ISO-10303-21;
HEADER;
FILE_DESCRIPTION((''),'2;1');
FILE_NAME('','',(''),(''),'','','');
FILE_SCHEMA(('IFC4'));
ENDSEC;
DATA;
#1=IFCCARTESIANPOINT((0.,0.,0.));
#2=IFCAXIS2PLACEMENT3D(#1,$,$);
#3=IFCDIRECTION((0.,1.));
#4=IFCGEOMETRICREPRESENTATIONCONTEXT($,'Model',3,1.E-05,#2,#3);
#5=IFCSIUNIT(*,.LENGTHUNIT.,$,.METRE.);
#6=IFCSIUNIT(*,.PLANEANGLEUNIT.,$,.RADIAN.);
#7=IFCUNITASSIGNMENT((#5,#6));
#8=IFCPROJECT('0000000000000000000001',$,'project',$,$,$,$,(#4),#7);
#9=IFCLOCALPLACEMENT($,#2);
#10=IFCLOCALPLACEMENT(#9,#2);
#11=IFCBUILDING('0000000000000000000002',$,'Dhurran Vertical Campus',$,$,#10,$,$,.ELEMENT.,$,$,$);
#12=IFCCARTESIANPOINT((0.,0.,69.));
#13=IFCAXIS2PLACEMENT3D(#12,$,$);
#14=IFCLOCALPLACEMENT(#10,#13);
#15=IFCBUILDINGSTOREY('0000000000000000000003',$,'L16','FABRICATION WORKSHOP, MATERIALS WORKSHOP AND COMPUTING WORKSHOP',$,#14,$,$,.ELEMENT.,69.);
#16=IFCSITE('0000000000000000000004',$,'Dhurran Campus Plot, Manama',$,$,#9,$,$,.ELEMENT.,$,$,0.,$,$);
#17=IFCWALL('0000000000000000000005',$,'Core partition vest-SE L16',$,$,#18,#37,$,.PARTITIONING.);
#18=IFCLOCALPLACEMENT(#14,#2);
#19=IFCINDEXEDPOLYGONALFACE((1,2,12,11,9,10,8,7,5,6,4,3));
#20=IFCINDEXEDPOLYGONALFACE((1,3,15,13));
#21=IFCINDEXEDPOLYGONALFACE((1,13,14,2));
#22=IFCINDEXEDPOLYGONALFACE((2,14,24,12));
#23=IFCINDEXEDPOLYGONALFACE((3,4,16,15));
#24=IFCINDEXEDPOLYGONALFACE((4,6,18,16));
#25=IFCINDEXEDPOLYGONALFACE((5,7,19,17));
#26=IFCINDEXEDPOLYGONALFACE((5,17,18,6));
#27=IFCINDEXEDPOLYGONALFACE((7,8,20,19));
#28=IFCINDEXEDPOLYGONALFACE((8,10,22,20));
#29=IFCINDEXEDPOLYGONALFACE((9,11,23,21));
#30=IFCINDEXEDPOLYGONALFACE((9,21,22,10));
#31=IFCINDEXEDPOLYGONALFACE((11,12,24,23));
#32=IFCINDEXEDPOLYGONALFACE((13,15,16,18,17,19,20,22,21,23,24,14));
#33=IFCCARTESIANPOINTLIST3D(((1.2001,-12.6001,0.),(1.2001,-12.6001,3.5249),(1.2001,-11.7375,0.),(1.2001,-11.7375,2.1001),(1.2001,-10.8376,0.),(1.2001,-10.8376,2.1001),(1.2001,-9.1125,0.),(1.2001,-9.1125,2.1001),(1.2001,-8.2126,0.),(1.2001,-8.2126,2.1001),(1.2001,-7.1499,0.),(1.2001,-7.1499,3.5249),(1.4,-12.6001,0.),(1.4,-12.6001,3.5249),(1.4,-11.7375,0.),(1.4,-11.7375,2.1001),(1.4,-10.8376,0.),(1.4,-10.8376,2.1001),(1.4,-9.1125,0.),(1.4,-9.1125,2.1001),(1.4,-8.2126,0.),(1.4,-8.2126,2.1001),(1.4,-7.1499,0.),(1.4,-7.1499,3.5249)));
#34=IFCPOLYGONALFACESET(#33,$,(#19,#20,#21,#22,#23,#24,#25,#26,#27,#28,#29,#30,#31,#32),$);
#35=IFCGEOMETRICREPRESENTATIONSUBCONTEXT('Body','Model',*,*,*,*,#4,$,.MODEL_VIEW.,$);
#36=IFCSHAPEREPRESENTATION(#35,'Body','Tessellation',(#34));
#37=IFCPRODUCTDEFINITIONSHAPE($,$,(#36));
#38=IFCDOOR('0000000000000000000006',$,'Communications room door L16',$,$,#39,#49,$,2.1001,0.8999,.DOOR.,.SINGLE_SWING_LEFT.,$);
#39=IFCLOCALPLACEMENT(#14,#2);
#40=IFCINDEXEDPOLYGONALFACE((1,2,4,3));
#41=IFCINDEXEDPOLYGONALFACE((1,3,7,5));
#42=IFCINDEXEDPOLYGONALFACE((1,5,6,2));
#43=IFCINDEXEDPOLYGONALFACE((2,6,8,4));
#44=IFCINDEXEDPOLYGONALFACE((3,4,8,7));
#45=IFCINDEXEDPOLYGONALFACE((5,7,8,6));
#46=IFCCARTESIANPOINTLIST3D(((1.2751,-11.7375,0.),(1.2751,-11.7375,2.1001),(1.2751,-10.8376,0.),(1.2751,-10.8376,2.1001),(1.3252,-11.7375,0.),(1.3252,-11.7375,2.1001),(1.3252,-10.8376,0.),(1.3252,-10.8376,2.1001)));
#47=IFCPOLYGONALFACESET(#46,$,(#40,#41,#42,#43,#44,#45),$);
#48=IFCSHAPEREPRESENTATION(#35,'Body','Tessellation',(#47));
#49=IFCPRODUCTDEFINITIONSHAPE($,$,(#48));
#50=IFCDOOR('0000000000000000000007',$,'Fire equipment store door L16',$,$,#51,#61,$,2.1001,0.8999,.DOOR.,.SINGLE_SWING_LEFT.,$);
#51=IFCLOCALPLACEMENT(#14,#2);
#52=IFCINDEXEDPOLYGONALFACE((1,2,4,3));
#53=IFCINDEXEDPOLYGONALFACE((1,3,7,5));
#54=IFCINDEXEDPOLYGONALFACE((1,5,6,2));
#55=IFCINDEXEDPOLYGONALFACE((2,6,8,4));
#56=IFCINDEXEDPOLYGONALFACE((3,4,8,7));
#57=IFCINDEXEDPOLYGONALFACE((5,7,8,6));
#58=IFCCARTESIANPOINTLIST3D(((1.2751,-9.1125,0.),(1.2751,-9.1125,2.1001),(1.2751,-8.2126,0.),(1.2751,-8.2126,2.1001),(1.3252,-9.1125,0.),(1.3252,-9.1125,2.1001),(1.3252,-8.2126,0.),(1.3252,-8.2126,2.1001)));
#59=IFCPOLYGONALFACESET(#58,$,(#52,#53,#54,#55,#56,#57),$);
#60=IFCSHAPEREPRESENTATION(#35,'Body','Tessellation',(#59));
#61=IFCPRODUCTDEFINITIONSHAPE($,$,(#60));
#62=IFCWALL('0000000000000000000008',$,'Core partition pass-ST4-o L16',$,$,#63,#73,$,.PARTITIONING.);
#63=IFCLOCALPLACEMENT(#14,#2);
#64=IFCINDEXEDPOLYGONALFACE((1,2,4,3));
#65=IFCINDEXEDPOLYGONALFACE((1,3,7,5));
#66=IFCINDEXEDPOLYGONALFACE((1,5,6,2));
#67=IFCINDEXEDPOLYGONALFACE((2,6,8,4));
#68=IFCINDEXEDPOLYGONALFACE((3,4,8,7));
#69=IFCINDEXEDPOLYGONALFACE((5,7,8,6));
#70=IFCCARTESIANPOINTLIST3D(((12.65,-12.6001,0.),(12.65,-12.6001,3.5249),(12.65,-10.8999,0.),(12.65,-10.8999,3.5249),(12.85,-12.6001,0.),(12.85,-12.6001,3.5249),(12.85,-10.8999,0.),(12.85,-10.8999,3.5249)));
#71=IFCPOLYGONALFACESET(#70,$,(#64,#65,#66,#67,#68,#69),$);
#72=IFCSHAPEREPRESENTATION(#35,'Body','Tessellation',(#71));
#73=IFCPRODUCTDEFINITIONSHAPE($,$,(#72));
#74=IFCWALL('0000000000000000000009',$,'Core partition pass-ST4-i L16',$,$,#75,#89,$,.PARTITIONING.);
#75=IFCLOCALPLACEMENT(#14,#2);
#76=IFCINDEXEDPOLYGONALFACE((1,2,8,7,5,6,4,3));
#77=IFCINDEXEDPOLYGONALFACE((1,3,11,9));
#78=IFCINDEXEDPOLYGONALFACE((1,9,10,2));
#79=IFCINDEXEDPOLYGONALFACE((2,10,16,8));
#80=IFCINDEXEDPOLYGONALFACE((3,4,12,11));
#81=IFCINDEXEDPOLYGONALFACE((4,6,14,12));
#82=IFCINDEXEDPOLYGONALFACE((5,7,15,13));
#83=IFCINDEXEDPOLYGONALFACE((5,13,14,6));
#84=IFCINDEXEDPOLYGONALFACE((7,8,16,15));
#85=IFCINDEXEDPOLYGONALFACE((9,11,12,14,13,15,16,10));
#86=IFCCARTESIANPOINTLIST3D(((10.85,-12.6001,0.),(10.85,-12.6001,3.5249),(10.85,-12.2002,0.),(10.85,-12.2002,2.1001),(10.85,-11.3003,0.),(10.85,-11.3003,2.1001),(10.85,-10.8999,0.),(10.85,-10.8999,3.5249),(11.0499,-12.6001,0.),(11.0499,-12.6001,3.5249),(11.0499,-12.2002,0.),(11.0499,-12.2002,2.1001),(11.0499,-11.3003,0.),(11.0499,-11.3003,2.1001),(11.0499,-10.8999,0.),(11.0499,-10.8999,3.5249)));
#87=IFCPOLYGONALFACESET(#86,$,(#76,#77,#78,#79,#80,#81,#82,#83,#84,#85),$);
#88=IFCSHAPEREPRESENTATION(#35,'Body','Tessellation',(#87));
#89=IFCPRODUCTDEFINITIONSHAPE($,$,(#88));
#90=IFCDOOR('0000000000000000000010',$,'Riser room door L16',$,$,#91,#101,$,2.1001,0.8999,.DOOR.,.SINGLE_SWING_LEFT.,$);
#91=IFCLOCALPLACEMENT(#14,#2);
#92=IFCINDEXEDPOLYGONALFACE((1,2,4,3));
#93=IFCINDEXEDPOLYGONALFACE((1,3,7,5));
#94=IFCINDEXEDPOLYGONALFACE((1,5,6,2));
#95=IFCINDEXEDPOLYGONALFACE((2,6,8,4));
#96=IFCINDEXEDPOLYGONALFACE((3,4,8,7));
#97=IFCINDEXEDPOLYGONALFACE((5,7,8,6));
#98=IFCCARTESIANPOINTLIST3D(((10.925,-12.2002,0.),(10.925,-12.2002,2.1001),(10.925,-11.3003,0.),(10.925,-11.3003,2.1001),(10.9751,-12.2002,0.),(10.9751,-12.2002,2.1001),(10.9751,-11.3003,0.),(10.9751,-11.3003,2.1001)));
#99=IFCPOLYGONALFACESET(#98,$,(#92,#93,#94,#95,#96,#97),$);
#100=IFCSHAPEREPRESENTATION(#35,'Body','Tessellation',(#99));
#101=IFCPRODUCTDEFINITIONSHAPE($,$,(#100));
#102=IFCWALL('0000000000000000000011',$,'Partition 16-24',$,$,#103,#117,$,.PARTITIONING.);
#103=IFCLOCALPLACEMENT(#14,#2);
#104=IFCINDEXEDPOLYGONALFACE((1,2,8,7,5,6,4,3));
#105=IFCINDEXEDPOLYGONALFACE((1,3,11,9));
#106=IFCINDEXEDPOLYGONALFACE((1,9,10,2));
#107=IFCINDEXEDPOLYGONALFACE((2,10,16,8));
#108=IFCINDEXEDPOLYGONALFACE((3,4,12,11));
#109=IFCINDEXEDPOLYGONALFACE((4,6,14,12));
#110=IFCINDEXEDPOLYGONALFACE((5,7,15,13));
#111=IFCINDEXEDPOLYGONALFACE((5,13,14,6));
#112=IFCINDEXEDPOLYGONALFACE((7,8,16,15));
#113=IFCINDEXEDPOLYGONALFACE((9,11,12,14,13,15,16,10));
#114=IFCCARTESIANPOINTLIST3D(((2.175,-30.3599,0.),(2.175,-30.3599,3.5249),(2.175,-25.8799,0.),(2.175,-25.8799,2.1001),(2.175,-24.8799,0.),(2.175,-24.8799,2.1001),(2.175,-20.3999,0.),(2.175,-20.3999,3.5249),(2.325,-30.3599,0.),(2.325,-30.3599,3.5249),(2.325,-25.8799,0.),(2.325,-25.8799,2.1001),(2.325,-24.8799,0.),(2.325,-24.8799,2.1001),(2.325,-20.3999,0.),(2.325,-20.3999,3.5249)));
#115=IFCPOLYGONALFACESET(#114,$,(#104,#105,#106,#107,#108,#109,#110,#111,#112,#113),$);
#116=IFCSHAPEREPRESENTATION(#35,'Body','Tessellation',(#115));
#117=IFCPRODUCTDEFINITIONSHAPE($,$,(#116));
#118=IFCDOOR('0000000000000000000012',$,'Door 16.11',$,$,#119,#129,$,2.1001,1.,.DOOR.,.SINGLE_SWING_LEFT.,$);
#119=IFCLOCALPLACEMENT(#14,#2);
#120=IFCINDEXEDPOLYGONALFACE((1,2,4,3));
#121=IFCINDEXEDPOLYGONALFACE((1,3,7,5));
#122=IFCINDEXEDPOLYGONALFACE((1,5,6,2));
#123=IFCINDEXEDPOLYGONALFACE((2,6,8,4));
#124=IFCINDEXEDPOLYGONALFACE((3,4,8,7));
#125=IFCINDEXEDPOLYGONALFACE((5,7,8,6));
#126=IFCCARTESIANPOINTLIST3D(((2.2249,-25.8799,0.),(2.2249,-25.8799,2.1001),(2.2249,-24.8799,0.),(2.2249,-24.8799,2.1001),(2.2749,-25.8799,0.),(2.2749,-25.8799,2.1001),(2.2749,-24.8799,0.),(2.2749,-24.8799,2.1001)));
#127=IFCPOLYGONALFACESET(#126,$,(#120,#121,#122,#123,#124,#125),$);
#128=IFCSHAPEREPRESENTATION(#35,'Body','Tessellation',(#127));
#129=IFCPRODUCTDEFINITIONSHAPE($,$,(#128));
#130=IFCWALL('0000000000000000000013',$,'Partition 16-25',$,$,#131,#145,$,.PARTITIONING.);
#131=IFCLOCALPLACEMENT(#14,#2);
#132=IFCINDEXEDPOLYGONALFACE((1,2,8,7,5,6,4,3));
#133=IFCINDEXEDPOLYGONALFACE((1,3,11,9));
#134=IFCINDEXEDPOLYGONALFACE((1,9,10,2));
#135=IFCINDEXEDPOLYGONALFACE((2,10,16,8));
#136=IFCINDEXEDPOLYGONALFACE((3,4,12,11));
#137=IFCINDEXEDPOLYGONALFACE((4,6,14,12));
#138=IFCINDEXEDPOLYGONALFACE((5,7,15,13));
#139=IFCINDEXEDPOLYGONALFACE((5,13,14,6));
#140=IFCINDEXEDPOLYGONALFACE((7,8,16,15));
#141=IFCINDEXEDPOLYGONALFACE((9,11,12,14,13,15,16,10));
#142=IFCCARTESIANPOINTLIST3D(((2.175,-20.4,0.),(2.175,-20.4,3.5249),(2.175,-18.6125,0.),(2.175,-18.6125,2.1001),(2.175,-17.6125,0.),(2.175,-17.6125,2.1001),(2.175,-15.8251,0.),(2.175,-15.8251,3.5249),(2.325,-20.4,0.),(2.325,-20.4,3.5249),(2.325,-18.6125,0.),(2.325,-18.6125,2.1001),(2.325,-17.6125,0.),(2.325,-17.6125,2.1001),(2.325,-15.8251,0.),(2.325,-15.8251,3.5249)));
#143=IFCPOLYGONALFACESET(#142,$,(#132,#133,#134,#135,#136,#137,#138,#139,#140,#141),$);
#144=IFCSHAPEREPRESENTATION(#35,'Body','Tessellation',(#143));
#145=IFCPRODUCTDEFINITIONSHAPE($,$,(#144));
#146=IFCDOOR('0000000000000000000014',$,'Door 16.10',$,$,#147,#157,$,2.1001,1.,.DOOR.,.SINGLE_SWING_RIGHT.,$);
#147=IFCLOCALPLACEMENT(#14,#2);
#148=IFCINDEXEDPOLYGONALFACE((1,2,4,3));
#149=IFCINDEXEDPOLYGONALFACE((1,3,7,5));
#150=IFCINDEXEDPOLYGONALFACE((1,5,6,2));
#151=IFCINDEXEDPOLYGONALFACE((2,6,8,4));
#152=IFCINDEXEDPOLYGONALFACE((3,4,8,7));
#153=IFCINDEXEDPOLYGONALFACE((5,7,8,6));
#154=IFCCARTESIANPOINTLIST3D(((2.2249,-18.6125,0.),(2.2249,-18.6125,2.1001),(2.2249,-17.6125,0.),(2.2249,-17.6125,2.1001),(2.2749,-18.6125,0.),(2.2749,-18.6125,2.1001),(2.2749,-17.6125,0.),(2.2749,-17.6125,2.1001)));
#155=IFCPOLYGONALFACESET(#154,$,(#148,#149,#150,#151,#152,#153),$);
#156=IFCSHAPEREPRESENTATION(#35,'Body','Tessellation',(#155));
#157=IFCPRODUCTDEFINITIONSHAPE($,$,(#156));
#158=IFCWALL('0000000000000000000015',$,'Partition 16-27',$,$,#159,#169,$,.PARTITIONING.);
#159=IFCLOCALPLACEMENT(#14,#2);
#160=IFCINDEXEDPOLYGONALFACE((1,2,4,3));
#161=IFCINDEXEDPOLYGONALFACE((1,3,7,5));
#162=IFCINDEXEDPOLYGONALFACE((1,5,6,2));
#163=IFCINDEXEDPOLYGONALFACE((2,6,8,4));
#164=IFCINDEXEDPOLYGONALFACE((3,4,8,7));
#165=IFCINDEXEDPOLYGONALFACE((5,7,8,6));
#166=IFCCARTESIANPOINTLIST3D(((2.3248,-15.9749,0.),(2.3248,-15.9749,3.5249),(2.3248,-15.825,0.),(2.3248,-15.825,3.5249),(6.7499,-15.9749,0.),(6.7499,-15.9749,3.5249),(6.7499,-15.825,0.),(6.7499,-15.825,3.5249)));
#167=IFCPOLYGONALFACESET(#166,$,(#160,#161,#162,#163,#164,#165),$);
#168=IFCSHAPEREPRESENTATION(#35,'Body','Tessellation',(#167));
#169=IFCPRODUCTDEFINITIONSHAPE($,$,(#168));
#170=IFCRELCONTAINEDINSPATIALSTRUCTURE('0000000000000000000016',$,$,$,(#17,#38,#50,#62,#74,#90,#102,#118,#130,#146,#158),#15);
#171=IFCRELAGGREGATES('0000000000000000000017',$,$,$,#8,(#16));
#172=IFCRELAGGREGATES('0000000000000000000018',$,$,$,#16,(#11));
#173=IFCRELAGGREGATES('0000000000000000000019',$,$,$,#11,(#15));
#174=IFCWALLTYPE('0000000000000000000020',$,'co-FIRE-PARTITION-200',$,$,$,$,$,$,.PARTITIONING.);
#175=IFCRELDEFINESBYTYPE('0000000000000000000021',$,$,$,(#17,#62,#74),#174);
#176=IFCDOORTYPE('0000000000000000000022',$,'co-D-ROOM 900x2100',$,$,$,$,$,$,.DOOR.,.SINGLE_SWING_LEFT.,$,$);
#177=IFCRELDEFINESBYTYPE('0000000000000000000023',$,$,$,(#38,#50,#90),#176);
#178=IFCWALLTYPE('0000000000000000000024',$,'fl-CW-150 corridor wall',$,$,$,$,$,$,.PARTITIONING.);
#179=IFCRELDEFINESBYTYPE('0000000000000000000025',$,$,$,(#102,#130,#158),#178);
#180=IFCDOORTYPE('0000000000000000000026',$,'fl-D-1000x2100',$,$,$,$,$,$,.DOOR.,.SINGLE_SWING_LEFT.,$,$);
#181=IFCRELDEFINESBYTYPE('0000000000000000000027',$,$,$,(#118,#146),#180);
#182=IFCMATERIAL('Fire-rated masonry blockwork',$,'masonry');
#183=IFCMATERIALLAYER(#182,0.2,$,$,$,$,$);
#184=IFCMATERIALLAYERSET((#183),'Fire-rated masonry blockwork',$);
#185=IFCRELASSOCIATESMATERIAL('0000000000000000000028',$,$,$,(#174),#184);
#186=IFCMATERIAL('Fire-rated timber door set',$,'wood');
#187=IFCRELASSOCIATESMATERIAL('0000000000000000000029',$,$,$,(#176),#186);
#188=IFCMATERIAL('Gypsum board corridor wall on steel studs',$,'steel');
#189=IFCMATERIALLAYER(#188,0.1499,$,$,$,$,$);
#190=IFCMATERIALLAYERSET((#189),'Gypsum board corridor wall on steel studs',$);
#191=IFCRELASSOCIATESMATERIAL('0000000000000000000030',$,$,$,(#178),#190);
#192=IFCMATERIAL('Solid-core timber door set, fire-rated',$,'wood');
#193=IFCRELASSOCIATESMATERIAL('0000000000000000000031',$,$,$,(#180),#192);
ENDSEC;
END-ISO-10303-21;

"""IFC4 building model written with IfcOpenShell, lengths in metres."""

from ifc_helpers import new_model, si_unit, direction, frame, frame_2d, origin, place, context, subcontext, project, spatial, rectangle, extrude, material, layer, layer_set, type_object, element, fill, save


model = new_model("IFC4")

# Units and contexts
model_context = context("Model", 3, precision=1e-05, world=origin(), true_north=direction((0.0, 1.0)))
body_context = subcontext(model_context, "Body", "Model", "MODEL_VIEW")
ifc_project = project(units=[si_unit("LENGTHUNIT", "METRE"), si_unit("PLANEANGLEUNIT", "RADIAN")], contexts=[model_context])

# Site, building, storey
site_placement = place(None, origin())
site = spatial("IfcSite", under=ifc_project, at=site_placement, Name="Dhurran Campus Plot, Manama", CompositionType="ELEMENT", RefElevation=0.0)
building_placement = place(site_placement, origin())
building = spatial("IfcBuilding", under=site, at=building_placement, Name="Dhurran Vertical Campus", CompositionType="ELEMENT")
storey_placement = place(building_placement, frame((0.0, 0.0, 69.0)))
storey = spatial("IfcBuildingStorey", under=building, at=storey_placement, Name="L16", Description="FABRICATION WORKSHOP, MATERIALS WORKSHOP AND COMPUTING WORKSHOP", CompositionType="ELEMENT", Elevation=69.0)

# Wall, openings, doors
ifc_material_1 = material(Name="Fire-rated masonry blockwork", Category="masonry")
ifc_layer_1 = layer(ifc_material_1, 0.2)
ifc_layer_set_1 = layer_set([ifc_layer_1], Name="Fire-rated masonry blockwork")
wall_type_1 = type_object("IfcWallType", Name="co-FIRE-PARTITION-200", PredefinedType="PARTITIONING", material=ifc_layer_set_1)
wall_1_placement = place(storey_placement, frame((1.3, -12.6001, 0.0), z_axis=(0.0, 0.0, 1.0), x_axis=(0.0, 1.0, 0.0)))
wall_1 = element("IfcWall", 1, at=wall_1_placement, inside=storey, type_object=wall_type_1, Name="Core partition vest-SE L16", PredefinedType="PARTITIONING", context=body_context, shape_type="SweptSolid", body=[
    extrude(rectangle(XDim=5.4502, YDim=0.2, at=frame_2d((2.7251, 0.0))), origin(), (0.0, 0.0, 1.0), 3.5249),
])
opening_1_placement = place(wall_1_placement, frame((0.8625, 0.0, 0.0)))
opening_1 = element("IfcOpeningElement", 2, at=opening_1_placement, cuts=wall_1, PredefinedType="OPENING", context=body_context, shape_type="SweptSolid", body=[
    extrude(rectangle(XDim=0.8999, YDim=2.1001, at=frame_2d((0.45, 1.05))), frame((0.0, 0.1099, 0.0), z_axis=(0.0, -1.0, 0.0), x_axis=(1.0, 0.0, 0.0)), (0.0, 0.0, 1.0), 0.22),
])
opening_2_placement = place(wall_1_placement, frame((3.4875, 0.0, 0.0)))
opening_2 = element("IfcOpeningElement", 3, at=opening_2_placement, cuts=wall_1, PredefinedType="OPENING", context=body_context, shape_type="SweptSolid", body=[
    extrude(rectangle(XDim=0.8999, YDim=2.1001, at=frame_2d((0.45, 1.05))), frame((0.0, 0.1099, 0.0), z_axis=(0.0, -1.0, 0.0), x_axis=(1.0, 0.0, 0.0)), (0.0, 0.0, 1.0), 0.22),
])
ifc_material_2 = material(Name="Fire-rated timber door set", Category="wood")
door_type_1 = type_object("IfcDoorType", Name="co-D-ROOM 900x2100", OperationType="SINGLE_SWING_LEFT", PredefinedType="DOOR", material=ifc_material_2)
door_1_placement = place(opening_1_placement, origin())
door_1 = element("IfcDoor", 4, at=door_1_placement, inside=storey, type_object=door_type_1, Name="Communications room door L16", OperationType="SINGLE_SWING_LEFT", OverallHeight=2.1001, OverallWidth=0.8999, PredefinedType="DOOR", context=body_context, shape_type="SweptSolid", body=[
    extrude(rectangle(XDim=0.8999, YDim=2.1001, at=frame_2d((0.45, 1.05))), frame((0.0, 0.0249, 0.0), z_axis=(0.0, -1.0, 0.0), x_axis=(1.0, 0.0, 0.0)), (0.0, 0.0, 1.0), 0.05),
])
fill(opening_1, door_1)
door_2_placement = place(opening_2_placement, origin())
door_2 = element("IfcDoor", 5, at=door_2_placement, inside=storey, type_object=door_type_1, Name="Fire equipment store door L16", OperationType="SINGLE_SWING_LEFT", OverallHeight=2.1001, OverallWidth=0.8999, PredefinedType="DOOR", context=body_context, shape_type="SweptSolid", body=[
    extrude(rectangle(XDim=0.8999, YDim=2.1001, at=frame_2d((0.45, 1.05))), frame((0.0, 0.0249, 0.0), z_axis=(0.0, -1.0, 0.0), x_axis=(1.0, 0.0, 0.0)), (0.0, 0.0, 1.0), 0.05),
])
fill(opening_2, door_2)

# Wall
wall_2_placement = place(storey_placement, frame((12.75, -12.6001, 0.0), z_axis=(0.0, 0.0, 1.0), x_axis=(0.0, 1.0, 0.0)))
element("IfcWall", 6, at=wall_2_placement, inside=storey, type_object=wall_type_1, Name="Core partition pass-ST4-o L16", PredefinedType="PARTITIONING", context=body_context, shape_type="SweptSolid", body=[
    extrude(rectangle(XDim=1.7002, YDim=0.2, at=frame_2d((0.8501, 0.0))), origin(), (0.0, 0.0, 1.0), 3.5249),
])

# Walls, openings, doors
wall_3_placement = place(storey_placement, frame((10.95, -12.6001, 0.0), z_axis=(0.0, 0.0, 1.0), x_axis=(0.0, 1.0, 0.0)))
wall_3 = element("IfcWall", 7, at=wall_3_placement, inside=storey, type_object=wall_type_1, Name="Core partition pass-ST4-i L16", PredefinedType="PARTITIONING", context=body_context, shape_type="SweptSolid", body=[
    extrude(rectangle(XDim=1.7002, YDim=0.2, at=frame_2d((0.8501, 0.0))), origin(), (0.0, 0.0, 1.0), 3.5249),
])
opening_3_placement = place(wall_3_placement, frame((0.3999, 0.0, 0.0)))
opening_3 = element("IfcOpeningElement", 8, at=opening_3_placement, cuts=wall_3, PredefinedType="OPENING", context=body_context, shape_type="SweptSolid", body=[
    extrude(rectangle(XDim=0.8999, YDim=2.1001, at=frame_2d((0.45, 1.05))), frame((0.0, 0.1099, 0.0), z_axis=(0.0, -1.0, 0.0), x_axis=(1.0, 0.0, 0.0)), (0.0, 0.0, 1.0), 0.22),
])
door_3_placement = place(opening_3_placement, origin())
door_3 = element("IfcDoor", 9, at=door_3_placement, inside=storey, type_object=door_type_1, Name="Riser room door L16", OperationType="SINGLE_SWING_LEFT", OverallHeight=2.1001, OverallWidth=0.8999, PredefinedType="DOOR", context=body_context, shape_type="SweptSolid", body=[
    extrude(rectangle(XDim=0.8999, YDim=2.1001, at=frame_2d((0.45, 1.05))), frame((0.0, 0.0249, 0.0), z_axis=(0.0, -1.0, 0.0), x_axis=(1.0, 0.0, 0.0)), (0.0, 0.0, 1.0), 0.05),
])
fill(opening_3, door_3)
ifc_material_3 = material(Name="Gypsum board corridor wall on steel studs", Category="steel")
ifc_layer_2 = layer(ifc_material_3, 0.1499)
ifc_layer_set_2 = layer_set([ifc_layer_2], Name="Gypsum board corridor wall on steel studs")
wall_type_2 = type_object("IfcWallType", Name="fl-CW-150 corridor wall", PredefinedType="PARTITIONING", material=ifc_layer_set_2)
wall_4_placement = place(storey_placement, frame((2.25, -20.3999, 0.0), z_axis=(0.0, 0.0, 1.0), x_axis=(0.0, -1.0, 0.0)))
wall_4 = element("IfcWall", 10, at=wall_4_placement, inside=storey, type_object=wall_type_2, Name="Partition 16-24", PredefinedType="PARTITIONING", context=body_context, shape_type="SweptSolid", body=[
    extrude(rectangle(XDim=9.96, YDim=0.1499, at=frame_2d((4.98, 0.0))), origin(), (0.0, 0.0, 1.0), 3.5249),
])
opening_4_placement = place(wall_4_placement, frame((4.48, 0.0, 0.0)))
opening_4 = element("IfcOpeningElement", 11, at=opening_4_placement, cuts=wall_4, PredefinedType="OPENING", context=body_context, shape_type="SweptSolid", body=[
    extrude(rectangle(XDim=1.0, YDim=2.1001, at=frame_2d((0.5, 1.05))), frame((0.0, 0.085, 0.0), z_axis=(0.0, -1.0, 0.0), x_axis=(1.0, 0.0, 0.0)), (0.0, 0.0, 1.0), 0.1699),
])
ifc_material_4 = material(Name="Solid-core timber door set, fire-rated", Category="wood")
door_type_2 = type_object("IfcDoorType", Name="fl-D-1000x2100", OperationType="SINGLE_SWING_LEFT", PredefinedType="DOOR", material=ifc_material_4)
door_4_placement = place(opening_4_placement, origin())
door_4 = element("IfcDoor", 12, at=door_4_placement, inside=storey, type_object=door_type_2, Name="Door 16.11", OperationType="SINGLE_SWING_LEFT", OverallHeight=2.1001, OverallWidth=1.0, PredefinedType="DOOR", context=body_context, shape_type="SweptSolid", body=[
    extrude(rectangle(XDim=1.0, YDim=2.1001, at=frame_2d((0.5, 1.05))), frame((0.0, 0.0249, 0.0), z_axis=(0.0, -1.0, 0.0), x_axis=(1.0, 0.0, 0.0)), (0.0, 0.0, 1.0), 0.05),
])
fill(opening_4, door_4)
wall_5_placement = place(storey_placement, frame((2.25, -15.825, 0.0), z_axis=(0.0, 0.0, 1.0), x_axis=(0.0, -1.0, 0.0)))
wall_5 = element("IfcWall", 13, at=wall_5_placement, inside=storey, type_object=wall_type_2, Name="Partition 16-25", PredefinedType="PARTITIONING", context=body_context, shape_type="SweptSolid", body=[
    extrude(rectangle(XDim=4.575, YDim=0.1499, at=frame_2d((2.2876, 0.0))), origin(), (0.0, 0.0, 1.0), 3.5249),
])
opening_5_placement = place(wall_5_placement, frame((1.7876, 0.0, 0.0)))
opening_5 = element("IfcOpeningElement", 14, at=opening_5_placement, cuts=wall_5, PredefinedType="OPENING", context=body_context, shape_type="SweptSolid", body=[
    extrude(rectangle(XDim=1.0, YDim=2.1001, at=frame_2d((0.5, 1.05))), frame((0.0, 0.085, 0.0), z_axis=(0.0, -1.0, 0.0), x_axis=(1.0, 0.0, 0.0)), (0.0, 0.0, 1.0), 0.1699),
])
door_5_placement = place(opening_5_placement, origin())
door_5 = element("IfcDoor", 15, at=door_5_placement, inside=storey, type_object=door_type_2, Name="Door 16.10", OperationType="SINGLE_SWING_RIGHT", OverallHeight=2.1001, OverallWidth=1.0, PredefinedType="DOOR", context=body_context, shape_type="SweptSolid", body=[
    extrude(rectangle(XDim=1.0, YDim=2.1001, at=frame_2d((0.5, 1.05))), frame((0.0, 0.0249, 0.0), z_axis=(0.0, -1.0, 0.0), x_axis=(1.0, 0.0, 0.0)), (0.0, 0.0, 1.0), 0.05),
])
fill(opening_5, door_5)

# Wall
wall_6_placement = place(storey_placement, frame((2.325, -15.8999, 0.0), z_axis=(0.0, 0.0, 1.0), x_axis=(1.0, 0.0, 0.0)))
element("IfcWall", 16, at=wall_6_placement, inside=storey, type_object=wall_type_2, Name="Partition 16-27", PredefinedType="PARTITIONING", context=body_context, shape_type="SweptSolid", body=[
    extrude(rectangle(XDim=4.425, YDim=0.1499, at=frame_2d((2.2124, 0.0))), origin(), (0.0, 0.0, 1.0), 3.5249),
])

save(model, "model.ifc")
